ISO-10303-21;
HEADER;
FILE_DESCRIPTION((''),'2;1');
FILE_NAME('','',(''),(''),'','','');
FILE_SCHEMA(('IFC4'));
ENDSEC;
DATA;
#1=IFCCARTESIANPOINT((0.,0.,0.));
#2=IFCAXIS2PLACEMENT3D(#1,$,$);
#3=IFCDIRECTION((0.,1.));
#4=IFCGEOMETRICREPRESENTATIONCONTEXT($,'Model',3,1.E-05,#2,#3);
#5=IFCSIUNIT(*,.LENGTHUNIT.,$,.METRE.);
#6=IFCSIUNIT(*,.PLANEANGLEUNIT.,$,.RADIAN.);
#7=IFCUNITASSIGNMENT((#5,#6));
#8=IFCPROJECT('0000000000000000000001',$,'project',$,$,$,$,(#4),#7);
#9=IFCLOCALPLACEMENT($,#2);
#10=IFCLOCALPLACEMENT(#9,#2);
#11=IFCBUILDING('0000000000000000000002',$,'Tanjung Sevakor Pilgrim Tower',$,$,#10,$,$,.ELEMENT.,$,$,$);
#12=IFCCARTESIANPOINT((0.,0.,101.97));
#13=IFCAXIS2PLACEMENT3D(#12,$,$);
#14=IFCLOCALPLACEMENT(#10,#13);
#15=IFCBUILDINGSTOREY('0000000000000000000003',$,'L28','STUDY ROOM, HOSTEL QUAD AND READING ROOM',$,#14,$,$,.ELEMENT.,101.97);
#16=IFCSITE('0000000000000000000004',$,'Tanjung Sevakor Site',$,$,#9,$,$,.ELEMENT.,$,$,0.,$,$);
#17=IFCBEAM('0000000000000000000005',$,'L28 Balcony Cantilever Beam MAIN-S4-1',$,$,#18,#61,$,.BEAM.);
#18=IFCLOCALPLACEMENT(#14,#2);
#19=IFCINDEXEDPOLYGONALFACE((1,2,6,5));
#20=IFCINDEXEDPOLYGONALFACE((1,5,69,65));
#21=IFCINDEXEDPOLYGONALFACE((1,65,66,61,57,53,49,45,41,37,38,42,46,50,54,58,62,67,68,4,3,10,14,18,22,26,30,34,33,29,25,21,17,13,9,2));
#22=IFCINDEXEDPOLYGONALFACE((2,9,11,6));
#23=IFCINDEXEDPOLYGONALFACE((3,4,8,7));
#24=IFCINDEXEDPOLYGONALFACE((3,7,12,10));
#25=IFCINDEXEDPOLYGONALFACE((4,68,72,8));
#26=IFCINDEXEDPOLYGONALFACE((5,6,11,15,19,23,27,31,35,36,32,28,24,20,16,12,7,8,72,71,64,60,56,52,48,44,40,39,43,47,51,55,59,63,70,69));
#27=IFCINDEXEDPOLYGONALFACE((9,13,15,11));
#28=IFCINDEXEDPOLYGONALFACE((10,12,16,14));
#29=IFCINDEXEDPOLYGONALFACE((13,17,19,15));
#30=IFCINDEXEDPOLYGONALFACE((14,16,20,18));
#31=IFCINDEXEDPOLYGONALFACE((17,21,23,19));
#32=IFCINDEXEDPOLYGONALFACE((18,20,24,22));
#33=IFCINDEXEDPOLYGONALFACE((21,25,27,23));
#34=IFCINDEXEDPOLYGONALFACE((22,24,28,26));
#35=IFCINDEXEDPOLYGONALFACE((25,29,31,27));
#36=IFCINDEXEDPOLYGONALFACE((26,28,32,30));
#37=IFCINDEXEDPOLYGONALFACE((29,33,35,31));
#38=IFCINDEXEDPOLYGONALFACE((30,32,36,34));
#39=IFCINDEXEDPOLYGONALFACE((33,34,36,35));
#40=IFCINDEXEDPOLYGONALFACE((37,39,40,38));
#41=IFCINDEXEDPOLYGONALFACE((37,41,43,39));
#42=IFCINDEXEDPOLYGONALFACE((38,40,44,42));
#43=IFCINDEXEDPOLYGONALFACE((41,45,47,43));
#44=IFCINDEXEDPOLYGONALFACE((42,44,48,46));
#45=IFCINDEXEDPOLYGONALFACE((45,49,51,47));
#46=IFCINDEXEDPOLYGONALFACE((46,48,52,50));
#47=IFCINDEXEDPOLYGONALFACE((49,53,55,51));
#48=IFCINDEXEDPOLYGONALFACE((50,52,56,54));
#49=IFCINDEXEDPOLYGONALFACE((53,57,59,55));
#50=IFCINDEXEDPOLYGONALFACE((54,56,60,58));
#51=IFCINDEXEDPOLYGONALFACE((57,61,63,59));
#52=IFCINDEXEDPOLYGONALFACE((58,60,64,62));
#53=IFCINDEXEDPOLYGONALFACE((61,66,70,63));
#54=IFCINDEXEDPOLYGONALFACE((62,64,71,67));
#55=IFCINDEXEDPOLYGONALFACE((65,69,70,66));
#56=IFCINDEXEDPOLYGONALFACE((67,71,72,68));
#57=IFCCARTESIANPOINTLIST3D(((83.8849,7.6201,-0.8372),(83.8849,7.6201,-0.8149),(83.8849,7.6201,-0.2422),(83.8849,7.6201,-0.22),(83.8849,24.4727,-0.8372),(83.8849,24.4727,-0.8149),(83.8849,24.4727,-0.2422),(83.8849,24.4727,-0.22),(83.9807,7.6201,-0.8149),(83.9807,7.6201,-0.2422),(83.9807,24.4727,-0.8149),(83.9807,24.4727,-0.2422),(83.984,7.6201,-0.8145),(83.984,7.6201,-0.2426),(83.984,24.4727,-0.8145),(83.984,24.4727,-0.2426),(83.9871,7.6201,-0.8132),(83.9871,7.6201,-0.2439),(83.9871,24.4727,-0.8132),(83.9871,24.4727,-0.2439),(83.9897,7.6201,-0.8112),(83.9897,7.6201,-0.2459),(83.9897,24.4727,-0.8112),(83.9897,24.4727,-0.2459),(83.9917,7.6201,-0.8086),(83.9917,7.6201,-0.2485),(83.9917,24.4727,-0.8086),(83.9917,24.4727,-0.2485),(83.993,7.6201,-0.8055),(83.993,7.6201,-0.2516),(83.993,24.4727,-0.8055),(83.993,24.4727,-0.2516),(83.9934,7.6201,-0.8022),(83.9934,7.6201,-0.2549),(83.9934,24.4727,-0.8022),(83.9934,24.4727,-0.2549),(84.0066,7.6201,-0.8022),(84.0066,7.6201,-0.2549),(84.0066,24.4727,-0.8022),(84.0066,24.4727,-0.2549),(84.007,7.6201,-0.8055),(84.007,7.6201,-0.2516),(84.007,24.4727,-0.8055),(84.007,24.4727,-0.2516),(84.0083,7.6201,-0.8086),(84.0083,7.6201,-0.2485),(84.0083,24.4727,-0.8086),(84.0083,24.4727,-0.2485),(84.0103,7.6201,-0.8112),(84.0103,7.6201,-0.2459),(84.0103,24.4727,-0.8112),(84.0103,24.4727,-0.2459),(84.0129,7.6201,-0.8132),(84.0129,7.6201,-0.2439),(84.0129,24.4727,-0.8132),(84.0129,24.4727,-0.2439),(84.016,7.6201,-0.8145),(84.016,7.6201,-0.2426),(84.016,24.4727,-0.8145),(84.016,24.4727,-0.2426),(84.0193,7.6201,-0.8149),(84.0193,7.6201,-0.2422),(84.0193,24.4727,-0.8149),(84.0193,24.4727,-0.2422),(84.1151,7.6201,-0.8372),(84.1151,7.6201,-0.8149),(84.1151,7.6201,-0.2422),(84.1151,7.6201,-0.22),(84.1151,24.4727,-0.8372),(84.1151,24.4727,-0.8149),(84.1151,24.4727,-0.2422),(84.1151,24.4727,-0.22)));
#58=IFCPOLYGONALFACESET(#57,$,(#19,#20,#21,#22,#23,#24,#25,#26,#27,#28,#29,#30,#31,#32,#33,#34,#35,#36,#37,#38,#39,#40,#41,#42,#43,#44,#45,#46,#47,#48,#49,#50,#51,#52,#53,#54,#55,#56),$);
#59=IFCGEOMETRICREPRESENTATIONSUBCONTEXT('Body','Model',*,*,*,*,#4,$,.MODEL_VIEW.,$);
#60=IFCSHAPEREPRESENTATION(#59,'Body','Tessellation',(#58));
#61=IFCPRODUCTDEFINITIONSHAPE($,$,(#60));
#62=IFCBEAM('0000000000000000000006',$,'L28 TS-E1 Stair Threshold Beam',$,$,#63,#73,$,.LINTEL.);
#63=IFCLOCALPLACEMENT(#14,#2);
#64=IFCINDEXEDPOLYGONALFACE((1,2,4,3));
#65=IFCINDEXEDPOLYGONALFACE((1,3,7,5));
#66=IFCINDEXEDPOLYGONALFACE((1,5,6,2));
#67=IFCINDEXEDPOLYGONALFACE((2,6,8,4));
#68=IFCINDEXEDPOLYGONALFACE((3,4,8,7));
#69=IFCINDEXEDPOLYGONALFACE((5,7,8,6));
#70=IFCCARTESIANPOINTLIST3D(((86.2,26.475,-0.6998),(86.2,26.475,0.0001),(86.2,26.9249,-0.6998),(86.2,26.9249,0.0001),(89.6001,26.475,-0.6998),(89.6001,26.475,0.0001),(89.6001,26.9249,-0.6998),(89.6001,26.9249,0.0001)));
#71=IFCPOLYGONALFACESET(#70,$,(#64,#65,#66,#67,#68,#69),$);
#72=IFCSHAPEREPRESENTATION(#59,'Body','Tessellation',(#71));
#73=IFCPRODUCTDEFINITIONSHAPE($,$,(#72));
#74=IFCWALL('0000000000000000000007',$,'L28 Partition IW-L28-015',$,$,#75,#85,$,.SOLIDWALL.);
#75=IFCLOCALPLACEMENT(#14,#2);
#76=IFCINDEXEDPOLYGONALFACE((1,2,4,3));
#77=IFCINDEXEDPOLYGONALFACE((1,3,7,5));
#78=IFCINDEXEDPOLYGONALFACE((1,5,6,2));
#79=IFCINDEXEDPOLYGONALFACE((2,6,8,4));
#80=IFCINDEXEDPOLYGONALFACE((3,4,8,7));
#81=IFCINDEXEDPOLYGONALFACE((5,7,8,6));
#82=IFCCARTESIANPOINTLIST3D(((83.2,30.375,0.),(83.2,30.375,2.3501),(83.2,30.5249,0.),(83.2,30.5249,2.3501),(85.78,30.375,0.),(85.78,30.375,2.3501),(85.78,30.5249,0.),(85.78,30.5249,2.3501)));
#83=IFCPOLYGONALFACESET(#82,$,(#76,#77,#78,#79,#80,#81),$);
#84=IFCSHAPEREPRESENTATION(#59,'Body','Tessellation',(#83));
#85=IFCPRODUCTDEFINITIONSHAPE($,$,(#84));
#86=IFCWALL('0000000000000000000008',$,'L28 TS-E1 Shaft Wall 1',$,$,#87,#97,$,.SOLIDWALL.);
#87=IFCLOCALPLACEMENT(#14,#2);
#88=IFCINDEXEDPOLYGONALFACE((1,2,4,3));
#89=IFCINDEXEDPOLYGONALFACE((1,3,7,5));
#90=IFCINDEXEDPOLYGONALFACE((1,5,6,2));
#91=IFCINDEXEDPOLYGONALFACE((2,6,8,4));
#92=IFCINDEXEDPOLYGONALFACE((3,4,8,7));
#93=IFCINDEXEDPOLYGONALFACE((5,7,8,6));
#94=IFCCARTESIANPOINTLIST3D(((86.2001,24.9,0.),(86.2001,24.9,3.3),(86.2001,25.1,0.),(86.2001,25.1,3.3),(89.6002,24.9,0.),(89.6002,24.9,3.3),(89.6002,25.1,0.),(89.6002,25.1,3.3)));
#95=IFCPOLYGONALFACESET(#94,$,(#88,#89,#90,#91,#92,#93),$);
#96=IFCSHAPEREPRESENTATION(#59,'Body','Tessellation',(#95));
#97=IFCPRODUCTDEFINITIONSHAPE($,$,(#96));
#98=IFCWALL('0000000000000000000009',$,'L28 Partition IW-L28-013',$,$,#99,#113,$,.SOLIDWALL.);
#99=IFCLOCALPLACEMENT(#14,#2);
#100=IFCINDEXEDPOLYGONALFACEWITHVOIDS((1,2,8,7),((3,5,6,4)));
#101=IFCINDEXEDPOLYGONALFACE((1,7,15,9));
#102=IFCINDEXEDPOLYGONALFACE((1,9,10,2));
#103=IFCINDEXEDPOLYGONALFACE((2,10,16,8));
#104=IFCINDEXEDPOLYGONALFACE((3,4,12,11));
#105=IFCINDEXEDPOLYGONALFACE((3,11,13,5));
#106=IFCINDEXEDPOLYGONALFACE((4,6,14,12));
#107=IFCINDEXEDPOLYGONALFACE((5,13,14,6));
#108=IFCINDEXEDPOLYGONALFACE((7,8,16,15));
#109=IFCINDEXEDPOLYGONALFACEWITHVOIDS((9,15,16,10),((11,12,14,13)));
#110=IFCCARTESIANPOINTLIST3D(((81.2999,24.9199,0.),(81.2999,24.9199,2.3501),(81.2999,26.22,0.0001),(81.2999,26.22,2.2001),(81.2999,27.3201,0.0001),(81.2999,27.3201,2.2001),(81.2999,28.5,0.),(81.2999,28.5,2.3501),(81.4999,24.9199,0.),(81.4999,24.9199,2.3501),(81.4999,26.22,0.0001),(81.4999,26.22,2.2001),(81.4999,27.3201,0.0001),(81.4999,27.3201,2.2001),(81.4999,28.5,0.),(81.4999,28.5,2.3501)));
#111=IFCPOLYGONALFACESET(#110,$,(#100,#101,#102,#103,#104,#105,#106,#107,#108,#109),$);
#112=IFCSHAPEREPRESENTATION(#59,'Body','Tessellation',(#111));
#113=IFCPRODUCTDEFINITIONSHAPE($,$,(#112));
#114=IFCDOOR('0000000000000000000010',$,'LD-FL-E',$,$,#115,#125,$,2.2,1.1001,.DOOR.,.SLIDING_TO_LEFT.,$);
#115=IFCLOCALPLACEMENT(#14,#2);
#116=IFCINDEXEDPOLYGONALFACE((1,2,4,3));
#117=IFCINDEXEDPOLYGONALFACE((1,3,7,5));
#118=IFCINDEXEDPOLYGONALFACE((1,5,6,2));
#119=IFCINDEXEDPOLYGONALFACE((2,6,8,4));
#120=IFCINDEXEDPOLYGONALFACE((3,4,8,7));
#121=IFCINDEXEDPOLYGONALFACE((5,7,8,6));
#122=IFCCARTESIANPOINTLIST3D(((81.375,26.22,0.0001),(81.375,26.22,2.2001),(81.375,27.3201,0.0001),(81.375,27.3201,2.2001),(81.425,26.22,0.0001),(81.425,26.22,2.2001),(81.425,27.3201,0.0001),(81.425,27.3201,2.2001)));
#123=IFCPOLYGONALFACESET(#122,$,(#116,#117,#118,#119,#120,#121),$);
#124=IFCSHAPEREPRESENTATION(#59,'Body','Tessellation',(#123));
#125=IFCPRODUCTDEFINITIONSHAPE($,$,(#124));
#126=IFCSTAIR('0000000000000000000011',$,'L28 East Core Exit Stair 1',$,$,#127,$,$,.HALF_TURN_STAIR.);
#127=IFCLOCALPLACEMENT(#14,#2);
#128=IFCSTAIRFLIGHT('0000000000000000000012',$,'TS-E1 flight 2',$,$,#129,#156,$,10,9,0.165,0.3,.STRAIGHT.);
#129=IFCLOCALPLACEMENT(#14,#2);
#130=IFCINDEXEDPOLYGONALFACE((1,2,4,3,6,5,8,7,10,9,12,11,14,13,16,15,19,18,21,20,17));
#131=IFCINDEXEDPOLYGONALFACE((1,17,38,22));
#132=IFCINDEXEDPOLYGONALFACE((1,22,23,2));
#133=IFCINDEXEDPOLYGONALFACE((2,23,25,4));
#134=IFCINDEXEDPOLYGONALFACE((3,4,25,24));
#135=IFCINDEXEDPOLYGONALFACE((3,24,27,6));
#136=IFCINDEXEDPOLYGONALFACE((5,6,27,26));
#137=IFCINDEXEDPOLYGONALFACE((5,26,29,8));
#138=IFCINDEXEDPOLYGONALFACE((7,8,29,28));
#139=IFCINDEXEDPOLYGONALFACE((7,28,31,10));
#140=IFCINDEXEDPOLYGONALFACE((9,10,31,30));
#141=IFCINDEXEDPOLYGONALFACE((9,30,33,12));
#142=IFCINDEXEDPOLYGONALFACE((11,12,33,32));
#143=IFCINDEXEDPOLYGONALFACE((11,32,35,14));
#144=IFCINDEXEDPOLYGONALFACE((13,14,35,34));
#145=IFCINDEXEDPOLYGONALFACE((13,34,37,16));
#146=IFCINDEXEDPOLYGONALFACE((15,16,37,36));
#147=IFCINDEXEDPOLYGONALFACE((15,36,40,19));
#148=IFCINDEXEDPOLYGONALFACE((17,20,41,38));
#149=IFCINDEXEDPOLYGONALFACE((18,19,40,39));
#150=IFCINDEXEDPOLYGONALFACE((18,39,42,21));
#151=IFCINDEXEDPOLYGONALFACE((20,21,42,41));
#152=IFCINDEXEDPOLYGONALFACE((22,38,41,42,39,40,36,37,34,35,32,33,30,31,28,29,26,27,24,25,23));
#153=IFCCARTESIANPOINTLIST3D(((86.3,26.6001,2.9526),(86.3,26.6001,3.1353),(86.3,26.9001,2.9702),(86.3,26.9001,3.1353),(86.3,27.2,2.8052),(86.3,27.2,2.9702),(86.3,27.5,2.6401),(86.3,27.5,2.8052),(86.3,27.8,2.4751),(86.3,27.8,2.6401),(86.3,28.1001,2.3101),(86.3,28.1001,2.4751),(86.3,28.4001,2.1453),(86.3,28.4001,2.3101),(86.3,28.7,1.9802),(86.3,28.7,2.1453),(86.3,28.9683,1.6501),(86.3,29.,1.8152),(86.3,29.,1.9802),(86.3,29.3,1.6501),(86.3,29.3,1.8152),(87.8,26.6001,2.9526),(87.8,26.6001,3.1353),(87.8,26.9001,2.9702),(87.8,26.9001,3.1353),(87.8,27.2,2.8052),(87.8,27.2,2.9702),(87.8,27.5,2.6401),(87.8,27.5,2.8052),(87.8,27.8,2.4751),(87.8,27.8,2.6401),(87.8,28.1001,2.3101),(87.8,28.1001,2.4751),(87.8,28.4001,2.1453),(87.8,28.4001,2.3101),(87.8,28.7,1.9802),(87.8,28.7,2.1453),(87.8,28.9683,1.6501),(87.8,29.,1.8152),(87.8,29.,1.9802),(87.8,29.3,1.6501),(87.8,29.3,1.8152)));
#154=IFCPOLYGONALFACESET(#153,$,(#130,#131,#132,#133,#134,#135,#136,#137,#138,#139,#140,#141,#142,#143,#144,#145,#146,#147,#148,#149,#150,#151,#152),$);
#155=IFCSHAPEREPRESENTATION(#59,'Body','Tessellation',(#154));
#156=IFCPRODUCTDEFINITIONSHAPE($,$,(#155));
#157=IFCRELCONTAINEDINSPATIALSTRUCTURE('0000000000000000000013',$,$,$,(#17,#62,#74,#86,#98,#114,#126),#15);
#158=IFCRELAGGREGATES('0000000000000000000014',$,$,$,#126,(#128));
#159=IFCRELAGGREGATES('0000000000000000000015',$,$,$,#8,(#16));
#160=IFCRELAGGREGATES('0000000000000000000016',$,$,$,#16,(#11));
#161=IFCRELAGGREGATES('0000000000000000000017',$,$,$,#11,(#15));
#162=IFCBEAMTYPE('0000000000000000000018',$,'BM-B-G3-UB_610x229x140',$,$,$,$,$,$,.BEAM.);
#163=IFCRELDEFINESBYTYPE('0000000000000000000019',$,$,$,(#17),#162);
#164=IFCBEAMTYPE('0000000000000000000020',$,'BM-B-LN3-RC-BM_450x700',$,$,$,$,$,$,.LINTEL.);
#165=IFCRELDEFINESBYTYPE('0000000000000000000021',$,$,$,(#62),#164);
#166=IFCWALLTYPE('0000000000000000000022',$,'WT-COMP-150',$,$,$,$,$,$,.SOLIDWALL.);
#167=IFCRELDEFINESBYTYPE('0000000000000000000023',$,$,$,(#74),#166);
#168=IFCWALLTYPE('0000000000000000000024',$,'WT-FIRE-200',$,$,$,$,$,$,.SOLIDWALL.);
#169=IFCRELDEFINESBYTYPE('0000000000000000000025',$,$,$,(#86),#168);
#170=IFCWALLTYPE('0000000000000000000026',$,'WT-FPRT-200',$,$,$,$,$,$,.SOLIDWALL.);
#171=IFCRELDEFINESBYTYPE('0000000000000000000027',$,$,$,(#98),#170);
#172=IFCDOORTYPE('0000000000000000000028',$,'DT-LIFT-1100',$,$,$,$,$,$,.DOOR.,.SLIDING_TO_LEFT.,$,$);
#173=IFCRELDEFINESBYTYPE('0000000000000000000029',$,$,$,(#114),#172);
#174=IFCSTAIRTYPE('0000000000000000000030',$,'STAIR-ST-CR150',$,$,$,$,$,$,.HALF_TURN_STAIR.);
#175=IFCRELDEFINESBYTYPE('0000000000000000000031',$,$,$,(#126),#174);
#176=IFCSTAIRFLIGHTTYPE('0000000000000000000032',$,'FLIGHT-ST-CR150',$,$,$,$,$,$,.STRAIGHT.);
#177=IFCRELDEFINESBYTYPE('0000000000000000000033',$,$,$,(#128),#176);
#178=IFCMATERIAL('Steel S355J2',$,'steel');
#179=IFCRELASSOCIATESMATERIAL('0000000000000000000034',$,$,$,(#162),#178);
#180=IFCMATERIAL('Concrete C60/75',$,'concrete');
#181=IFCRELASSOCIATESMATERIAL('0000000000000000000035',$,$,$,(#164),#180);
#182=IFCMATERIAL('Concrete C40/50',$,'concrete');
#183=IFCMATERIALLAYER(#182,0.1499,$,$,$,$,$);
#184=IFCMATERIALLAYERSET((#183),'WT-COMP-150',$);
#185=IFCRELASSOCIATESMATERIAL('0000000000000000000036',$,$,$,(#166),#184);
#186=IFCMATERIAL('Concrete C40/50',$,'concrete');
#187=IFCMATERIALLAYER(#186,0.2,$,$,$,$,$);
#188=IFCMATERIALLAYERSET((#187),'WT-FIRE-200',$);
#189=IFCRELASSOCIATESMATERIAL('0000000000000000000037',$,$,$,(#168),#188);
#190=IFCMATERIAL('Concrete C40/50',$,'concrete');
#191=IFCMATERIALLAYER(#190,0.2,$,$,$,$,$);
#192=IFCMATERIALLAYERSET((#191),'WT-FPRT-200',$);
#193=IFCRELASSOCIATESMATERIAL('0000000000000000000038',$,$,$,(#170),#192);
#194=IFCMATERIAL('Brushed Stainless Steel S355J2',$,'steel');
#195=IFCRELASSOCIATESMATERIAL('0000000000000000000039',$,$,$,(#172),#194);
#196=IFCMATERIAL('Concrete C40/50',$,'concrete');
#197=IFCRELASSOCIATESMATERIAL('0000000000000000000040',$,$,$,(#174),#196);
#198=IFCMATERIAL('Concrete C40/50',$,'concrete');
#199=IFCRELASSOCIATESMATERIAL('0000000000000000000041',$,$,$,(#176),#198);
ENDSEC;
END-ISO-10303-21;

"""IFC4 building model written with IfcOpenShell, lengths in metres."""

from ifc_helpers import new_model, si_unit, direction, frame, frame_2d, origin, origin_2d, place, context, subcontext, project, spatial, polyline, rectangle, i_section, outline, extrude, material, layer, layer_set, material_profile, profile_set, type_object, element, fill, aggregate, save


model = new_model("IFC4")

# Units and contexts
model_context = context("Model", 3, precision=1e-05, world=origin(), true_north=direction((0.0, 1.0)))
body_context = subcontext(model_context, "Body", "Model", "MODEL_VIEW")
ifc_project = project(units=[si_unit("LENGTHUNIT", "METRE"), si_unit("PLANEANGLEUNIT", "RADIAN")], contexts=[model_context])

# Site, building, storey
site_placement = place(None, origin())
site = spatial("IfcSite", under=ifc_project, at=site_placement, Name="Tanjung Sevakor Site", CompositionType="ELEMENT", RefElevation=0.0)
building_placement = place(site_placement, origin())
building = spatial("IfcBuilding", under=site, at=building_placement, Name="Tanjung Sevakor Pilgrim Tower", CompositionType="ELEMENT")
storey_placement = place(building_placement, frame((0.0, 0.0, 101.97)))
storey = spatial("IfcBuildingStorey", under=building, at=storey_placement, Name="L28", Description="STUDY ROOM, HOSTEL QUAD AND READING ROOM", CompositionType="ELEMENT", Elevation=101.97)

# Beams
ifc_material_1 = material(Name="Steel S355J2", Category="steel")
ifc_material_profile_1 = material_profile(ifc_material_1, i_section(OverallWidth=0.2302, OverallDepth=0.6172, WebThickness=0.0132, FlangeThickness=0.0222, FilletRadius=0.0127, at=origin_2d()))
ifc_profile_set_1 = profile_set([ifc_material_profile_1], Name="Steel S355J2")
beam_type_1 = type_object("IfcBeamType", Name="BM-B-G3-UB_610x229x140", PredefinedType="BEAM", material=ifc_profile_set_1)
beam_1_placement = place(storey_placement, frame((84.0, 24.4727, -0.5286), z_axis=(0.0, -1.0, 0.0), x_axis=(1.0, 0.0, 0.0)))
element("IfcBeam", 1, at=beam_1_placement, inside=storey, type_object=beam_type_1, Name="L28 Balcony Cantilever Beam MAIN-S4-1", PredefinedType="BEAM", context=body_context, shape_type="SweptSolid", body=[
    extrude(i_section(OverallWidth=0.2302, OverallDepth=0.6172, WebThickness=0.0132, FlangeThickness=0.0222, FilletRadius=0.0127, at=origin_2d()), origin(), (0.0, 0.0, 1.0), 16.8525),
])
ifc_material_2 = material(Name="Concrete C60/75", Category="concrete")
ifc_material_profile_2 = material_profile(ifc_material_2, rectangle(XDim=0.45, YDim=0.7, at=origin_2d()))
ifc_profile_set_2 = profile_set([ifc_material_profile_2], Name="Concrete C60/75")
beam_type_2 = type_object("IfcBeamType", Name="BM-B-LN3-RC-BM_450x700", PredefinedType="LINTEL", material=ifc_profile_set_2)
beam_2_placement = place(storey_placement, frame((86.2, 26.7, -0.3499), z_axis=(1.0, 0.0, 0.0), x_axis=(0.0, 1.0, 0.0)))
element("IfcBeam", 2, at=beam_2_placement, inside=storey, type_object=beam_type_2, Name="L28 TS-E1 Stair Threshold Beam", PredefinedType="LINTEL", context=body_context, shape_type="SweptSolid", body=[
    extrude(rectangle(XDim=0.45, YDim=0.7, at=origin_2d()), origin(), (0.0, 0.0, 1.0), 3.4001),
])

# Wall
ifc_material_3 = material(Name="Concrete C40/50", Category="concrete")
ifc_layer_1 = layer(ifc_material_3, 0.1499)
ifc_layer_set_1 = layer_set([ifc_layer_1], Name="WT-COMP-150")
wall_type_1 = type_object("IfcWallType", Name="WT-COMP-150", PredefinedType="SOLIDWALL", material=ifc_layer_set_1)
wall_1_placement = place(storey_placement, frame((83.2, 30.45, 0.0), z_axis=(0.0, 0.0, 1.0), x_axis=(1.0, 0.0, 0.0)))
element("IfcWall", 3, at=wall_1_placement, inside=storey, type_object=wall_type_1, Name="L28 Partition IW-L28-015", PredefinedType="SOLIDWALL", context=body_context, shape_type="SweptSolid", body=[
    extrude(rectangle(XDim=2.5801, YDim=0.1499, at=frame_2d((1.29, 0.0))), origin(), (0.0, 0.0, 1.0), 2.3501),
])

# Wall
ifc_material_4 = material(Name="Concrete C40/50", Category="concrete")
ifc_layer_2 = layer(ifc_material_4, 0.2)
ifc_layer_set_2 = layer_set([ifc_layer_2], Name="WT-FIRE-200")
wall_type_2 = type_object("IfcWallType", Name="WT-FIRE-200", PredefinedType="SOLIDWALL", material=ifc_layer_set_2)
wall_2_placement = place(storey_placement, frame((86.2, 25.0, 0.0), z_axis=(0.0, 0.0, 1.0), x_axis=(1.0, 0.0, 0.0)))
element("IfcWall", 4, at=wall_2_placement, inside=storey, type_object=wall_type_2, Name="L28 TS-E1 Shaft Wall 1", PredefinedType="SOLIDWALL", context=body_context, shape_type="SweptSolid", body=[
    extrude(rectangle(XDim=3.4001, YDim=0.2, at=frame_2d((1.7002, 0.0))), origin(), (0.0, 0.0, 1.0), 3.3),
])

# Wall, opening, door
ifc_material_5 = material(Name="Concrete C40/50", Category="concrete")
ifc_layer_3 = layer(ifc_material_5, 0.2)
ifc_layer_set_3 = layer_set([ifc_layer_3], Name="WT-FPRT-200")
wall_type_3 = type_object("IfcWallType", Name="WT-FPRT-200", PredefinedType="SOLIDWALL", material=ifc_layer_set_3)
wall_3_placement = place(storey_placement, frame((81.3999, 24.9199, 0.0), z_axis=(0.0, 0.0, 1.0), x_axis=(0.0, 1.0, 0.0)))
wall_3 = element("IfcWall", 5, at=wall_3_placement, inside=storey, type_object=wall_type_3, Name="L28 Partition IW-L28-013", PredefinedType="SOLIDWALL", context=body_context, shape_type="SweptSolid", body=[
    extrude(rectangle(XDim=3.5801, YDim=0.2, at=frame_2d((1.79, 0.0))), origin(), (0.0, 0.0, 1.0), 2.3501),
])
opening_1_placement = place(wall_3_placement, frame((1.3, 0.0, 0.0)))
opening_1 = element("IfcOpeningElement", 6, at=opening_1_placement, cuts=wall_3, PredefinedType="OPENING", context=body_context, shape_type="SweptSolid", body=[
    extrude(rectangle(XDim=1.1001, YDim=2.2, at=frame_2d((0.55, 1.1001))), frame((0.0, 0.1099, 0.0), z_axis=(0.0, -1.0, 0.0), x_axis=(1.0, 0.0, 0.0)), (0.0, 0.0, 1.0), 0.22),
])
ifc_material_6 = material(Name="Brushed Stainless Steel S355J2", Category="steel")
door_type_1 = type_object("IfcDoorType", Name="DT-LIFT-1100", OperationType="SLIDING_TO_LEFT", PredefinedType="DOOR", material=ifc_material_6)
door_1_placement = place(opening_1_placement, origin())
door_1 = element("IfcDoor", 7, at=door_1_placement, inside=storey, type_object=door_type_1, Name="LD-FL-E", OperationType="SLIDING_TO_LEFT", OverallHeight=2.2, OverallWidth=1.1001, PredefinedType="DOOR", context=body_context, shape_type="SweptSolid", body=[
    extrude(rectangle(XDim=1.1001, YDim=2.2, at=frame_2d((0.55, 1.1001))), frame((0.0, 0.0249, 0.0), z_axis=(0.0, -1.0, 0.0), x_axis=(1.0, 0.0, 0.0)), (0.0, 0.0, 1.0), 0.05),
])
fill(opening_1, door_1)

# Stair, stair flight
ifc_material_7 = material(Name="Concrete C40/50", Category="concrete")
stair_type = type_object("IfcStairType", Name="STAIR-ST-CR150", PredefinedType="HALF_TURN_STAIR", material=ifc_material_7)
stair_placement = place(storey_placement, origin())
stair = element("IfcStair", 8, at=stair_placement, inside=storey, type_object=stair_type, Name="L28 East Core Exit Stair 1", PredefinedType="HALF_TURN_STAIR")
ifc_material_8 = material(Name="Concrete C40/50", Category="concrete")
stair_flight_type = type_object("IfcStairFlightType", Name="FLIGHT-ST-CR150", PredefinedType="STRAIGHT", material=ifc_material_8)
stair_flight_placement = place(storey_placement, frame((87.05, 29.3, 1.6501), z_axis=(0.0, 0.0, 1.0), x_axis=(0.0, -1.0, 0.0)))
stair_flight = element("IfcStairFlight", 9, at=stair_flight_placement, type_object=stair_flight_type, Name="TS-E1 flight 2", NumberOfRisers=10, NumberOfTreads=9, PredefinedType="STRAIGHT", RiserHeight=0.165, TreadLength=0.3, context=body_context, shape_type="SweptSolid", body=[
    extrude(outline(polyline([(0.0, 0.0), (0.0, 0.165), (0.3, 0.165), (0.3, 0.3301), (0.6001, 0.3301), (0.6001, 0.4951), (0.8999, 0.4951), (0.8999, 0.6599), (1.2, 0.6599), (1.2, 0.825), (1.5, 0.825), (1.5, 0.99), (1.8, 0.99), (1.8, 1.155), (2.1001, 1.155), (2.1001, 1.3201), (2.3999, 1.3201), (2.3999, 1.4851), (2.7, 1.4851), (2.7, 1.6499), (2.7, 1.3025), (0.3318, 0.0), (0.0, 0.0)])), frame((0.0, 0.75, 0.0), z_axis=(0.0, -1.0, 0.0), x_axis=(1.0, 0.0, 0.0)), (0.0, 0.0, 1.0), 1.5),
])
aggregate(stair, [stair_flight])

save(model, "model.ifc")
